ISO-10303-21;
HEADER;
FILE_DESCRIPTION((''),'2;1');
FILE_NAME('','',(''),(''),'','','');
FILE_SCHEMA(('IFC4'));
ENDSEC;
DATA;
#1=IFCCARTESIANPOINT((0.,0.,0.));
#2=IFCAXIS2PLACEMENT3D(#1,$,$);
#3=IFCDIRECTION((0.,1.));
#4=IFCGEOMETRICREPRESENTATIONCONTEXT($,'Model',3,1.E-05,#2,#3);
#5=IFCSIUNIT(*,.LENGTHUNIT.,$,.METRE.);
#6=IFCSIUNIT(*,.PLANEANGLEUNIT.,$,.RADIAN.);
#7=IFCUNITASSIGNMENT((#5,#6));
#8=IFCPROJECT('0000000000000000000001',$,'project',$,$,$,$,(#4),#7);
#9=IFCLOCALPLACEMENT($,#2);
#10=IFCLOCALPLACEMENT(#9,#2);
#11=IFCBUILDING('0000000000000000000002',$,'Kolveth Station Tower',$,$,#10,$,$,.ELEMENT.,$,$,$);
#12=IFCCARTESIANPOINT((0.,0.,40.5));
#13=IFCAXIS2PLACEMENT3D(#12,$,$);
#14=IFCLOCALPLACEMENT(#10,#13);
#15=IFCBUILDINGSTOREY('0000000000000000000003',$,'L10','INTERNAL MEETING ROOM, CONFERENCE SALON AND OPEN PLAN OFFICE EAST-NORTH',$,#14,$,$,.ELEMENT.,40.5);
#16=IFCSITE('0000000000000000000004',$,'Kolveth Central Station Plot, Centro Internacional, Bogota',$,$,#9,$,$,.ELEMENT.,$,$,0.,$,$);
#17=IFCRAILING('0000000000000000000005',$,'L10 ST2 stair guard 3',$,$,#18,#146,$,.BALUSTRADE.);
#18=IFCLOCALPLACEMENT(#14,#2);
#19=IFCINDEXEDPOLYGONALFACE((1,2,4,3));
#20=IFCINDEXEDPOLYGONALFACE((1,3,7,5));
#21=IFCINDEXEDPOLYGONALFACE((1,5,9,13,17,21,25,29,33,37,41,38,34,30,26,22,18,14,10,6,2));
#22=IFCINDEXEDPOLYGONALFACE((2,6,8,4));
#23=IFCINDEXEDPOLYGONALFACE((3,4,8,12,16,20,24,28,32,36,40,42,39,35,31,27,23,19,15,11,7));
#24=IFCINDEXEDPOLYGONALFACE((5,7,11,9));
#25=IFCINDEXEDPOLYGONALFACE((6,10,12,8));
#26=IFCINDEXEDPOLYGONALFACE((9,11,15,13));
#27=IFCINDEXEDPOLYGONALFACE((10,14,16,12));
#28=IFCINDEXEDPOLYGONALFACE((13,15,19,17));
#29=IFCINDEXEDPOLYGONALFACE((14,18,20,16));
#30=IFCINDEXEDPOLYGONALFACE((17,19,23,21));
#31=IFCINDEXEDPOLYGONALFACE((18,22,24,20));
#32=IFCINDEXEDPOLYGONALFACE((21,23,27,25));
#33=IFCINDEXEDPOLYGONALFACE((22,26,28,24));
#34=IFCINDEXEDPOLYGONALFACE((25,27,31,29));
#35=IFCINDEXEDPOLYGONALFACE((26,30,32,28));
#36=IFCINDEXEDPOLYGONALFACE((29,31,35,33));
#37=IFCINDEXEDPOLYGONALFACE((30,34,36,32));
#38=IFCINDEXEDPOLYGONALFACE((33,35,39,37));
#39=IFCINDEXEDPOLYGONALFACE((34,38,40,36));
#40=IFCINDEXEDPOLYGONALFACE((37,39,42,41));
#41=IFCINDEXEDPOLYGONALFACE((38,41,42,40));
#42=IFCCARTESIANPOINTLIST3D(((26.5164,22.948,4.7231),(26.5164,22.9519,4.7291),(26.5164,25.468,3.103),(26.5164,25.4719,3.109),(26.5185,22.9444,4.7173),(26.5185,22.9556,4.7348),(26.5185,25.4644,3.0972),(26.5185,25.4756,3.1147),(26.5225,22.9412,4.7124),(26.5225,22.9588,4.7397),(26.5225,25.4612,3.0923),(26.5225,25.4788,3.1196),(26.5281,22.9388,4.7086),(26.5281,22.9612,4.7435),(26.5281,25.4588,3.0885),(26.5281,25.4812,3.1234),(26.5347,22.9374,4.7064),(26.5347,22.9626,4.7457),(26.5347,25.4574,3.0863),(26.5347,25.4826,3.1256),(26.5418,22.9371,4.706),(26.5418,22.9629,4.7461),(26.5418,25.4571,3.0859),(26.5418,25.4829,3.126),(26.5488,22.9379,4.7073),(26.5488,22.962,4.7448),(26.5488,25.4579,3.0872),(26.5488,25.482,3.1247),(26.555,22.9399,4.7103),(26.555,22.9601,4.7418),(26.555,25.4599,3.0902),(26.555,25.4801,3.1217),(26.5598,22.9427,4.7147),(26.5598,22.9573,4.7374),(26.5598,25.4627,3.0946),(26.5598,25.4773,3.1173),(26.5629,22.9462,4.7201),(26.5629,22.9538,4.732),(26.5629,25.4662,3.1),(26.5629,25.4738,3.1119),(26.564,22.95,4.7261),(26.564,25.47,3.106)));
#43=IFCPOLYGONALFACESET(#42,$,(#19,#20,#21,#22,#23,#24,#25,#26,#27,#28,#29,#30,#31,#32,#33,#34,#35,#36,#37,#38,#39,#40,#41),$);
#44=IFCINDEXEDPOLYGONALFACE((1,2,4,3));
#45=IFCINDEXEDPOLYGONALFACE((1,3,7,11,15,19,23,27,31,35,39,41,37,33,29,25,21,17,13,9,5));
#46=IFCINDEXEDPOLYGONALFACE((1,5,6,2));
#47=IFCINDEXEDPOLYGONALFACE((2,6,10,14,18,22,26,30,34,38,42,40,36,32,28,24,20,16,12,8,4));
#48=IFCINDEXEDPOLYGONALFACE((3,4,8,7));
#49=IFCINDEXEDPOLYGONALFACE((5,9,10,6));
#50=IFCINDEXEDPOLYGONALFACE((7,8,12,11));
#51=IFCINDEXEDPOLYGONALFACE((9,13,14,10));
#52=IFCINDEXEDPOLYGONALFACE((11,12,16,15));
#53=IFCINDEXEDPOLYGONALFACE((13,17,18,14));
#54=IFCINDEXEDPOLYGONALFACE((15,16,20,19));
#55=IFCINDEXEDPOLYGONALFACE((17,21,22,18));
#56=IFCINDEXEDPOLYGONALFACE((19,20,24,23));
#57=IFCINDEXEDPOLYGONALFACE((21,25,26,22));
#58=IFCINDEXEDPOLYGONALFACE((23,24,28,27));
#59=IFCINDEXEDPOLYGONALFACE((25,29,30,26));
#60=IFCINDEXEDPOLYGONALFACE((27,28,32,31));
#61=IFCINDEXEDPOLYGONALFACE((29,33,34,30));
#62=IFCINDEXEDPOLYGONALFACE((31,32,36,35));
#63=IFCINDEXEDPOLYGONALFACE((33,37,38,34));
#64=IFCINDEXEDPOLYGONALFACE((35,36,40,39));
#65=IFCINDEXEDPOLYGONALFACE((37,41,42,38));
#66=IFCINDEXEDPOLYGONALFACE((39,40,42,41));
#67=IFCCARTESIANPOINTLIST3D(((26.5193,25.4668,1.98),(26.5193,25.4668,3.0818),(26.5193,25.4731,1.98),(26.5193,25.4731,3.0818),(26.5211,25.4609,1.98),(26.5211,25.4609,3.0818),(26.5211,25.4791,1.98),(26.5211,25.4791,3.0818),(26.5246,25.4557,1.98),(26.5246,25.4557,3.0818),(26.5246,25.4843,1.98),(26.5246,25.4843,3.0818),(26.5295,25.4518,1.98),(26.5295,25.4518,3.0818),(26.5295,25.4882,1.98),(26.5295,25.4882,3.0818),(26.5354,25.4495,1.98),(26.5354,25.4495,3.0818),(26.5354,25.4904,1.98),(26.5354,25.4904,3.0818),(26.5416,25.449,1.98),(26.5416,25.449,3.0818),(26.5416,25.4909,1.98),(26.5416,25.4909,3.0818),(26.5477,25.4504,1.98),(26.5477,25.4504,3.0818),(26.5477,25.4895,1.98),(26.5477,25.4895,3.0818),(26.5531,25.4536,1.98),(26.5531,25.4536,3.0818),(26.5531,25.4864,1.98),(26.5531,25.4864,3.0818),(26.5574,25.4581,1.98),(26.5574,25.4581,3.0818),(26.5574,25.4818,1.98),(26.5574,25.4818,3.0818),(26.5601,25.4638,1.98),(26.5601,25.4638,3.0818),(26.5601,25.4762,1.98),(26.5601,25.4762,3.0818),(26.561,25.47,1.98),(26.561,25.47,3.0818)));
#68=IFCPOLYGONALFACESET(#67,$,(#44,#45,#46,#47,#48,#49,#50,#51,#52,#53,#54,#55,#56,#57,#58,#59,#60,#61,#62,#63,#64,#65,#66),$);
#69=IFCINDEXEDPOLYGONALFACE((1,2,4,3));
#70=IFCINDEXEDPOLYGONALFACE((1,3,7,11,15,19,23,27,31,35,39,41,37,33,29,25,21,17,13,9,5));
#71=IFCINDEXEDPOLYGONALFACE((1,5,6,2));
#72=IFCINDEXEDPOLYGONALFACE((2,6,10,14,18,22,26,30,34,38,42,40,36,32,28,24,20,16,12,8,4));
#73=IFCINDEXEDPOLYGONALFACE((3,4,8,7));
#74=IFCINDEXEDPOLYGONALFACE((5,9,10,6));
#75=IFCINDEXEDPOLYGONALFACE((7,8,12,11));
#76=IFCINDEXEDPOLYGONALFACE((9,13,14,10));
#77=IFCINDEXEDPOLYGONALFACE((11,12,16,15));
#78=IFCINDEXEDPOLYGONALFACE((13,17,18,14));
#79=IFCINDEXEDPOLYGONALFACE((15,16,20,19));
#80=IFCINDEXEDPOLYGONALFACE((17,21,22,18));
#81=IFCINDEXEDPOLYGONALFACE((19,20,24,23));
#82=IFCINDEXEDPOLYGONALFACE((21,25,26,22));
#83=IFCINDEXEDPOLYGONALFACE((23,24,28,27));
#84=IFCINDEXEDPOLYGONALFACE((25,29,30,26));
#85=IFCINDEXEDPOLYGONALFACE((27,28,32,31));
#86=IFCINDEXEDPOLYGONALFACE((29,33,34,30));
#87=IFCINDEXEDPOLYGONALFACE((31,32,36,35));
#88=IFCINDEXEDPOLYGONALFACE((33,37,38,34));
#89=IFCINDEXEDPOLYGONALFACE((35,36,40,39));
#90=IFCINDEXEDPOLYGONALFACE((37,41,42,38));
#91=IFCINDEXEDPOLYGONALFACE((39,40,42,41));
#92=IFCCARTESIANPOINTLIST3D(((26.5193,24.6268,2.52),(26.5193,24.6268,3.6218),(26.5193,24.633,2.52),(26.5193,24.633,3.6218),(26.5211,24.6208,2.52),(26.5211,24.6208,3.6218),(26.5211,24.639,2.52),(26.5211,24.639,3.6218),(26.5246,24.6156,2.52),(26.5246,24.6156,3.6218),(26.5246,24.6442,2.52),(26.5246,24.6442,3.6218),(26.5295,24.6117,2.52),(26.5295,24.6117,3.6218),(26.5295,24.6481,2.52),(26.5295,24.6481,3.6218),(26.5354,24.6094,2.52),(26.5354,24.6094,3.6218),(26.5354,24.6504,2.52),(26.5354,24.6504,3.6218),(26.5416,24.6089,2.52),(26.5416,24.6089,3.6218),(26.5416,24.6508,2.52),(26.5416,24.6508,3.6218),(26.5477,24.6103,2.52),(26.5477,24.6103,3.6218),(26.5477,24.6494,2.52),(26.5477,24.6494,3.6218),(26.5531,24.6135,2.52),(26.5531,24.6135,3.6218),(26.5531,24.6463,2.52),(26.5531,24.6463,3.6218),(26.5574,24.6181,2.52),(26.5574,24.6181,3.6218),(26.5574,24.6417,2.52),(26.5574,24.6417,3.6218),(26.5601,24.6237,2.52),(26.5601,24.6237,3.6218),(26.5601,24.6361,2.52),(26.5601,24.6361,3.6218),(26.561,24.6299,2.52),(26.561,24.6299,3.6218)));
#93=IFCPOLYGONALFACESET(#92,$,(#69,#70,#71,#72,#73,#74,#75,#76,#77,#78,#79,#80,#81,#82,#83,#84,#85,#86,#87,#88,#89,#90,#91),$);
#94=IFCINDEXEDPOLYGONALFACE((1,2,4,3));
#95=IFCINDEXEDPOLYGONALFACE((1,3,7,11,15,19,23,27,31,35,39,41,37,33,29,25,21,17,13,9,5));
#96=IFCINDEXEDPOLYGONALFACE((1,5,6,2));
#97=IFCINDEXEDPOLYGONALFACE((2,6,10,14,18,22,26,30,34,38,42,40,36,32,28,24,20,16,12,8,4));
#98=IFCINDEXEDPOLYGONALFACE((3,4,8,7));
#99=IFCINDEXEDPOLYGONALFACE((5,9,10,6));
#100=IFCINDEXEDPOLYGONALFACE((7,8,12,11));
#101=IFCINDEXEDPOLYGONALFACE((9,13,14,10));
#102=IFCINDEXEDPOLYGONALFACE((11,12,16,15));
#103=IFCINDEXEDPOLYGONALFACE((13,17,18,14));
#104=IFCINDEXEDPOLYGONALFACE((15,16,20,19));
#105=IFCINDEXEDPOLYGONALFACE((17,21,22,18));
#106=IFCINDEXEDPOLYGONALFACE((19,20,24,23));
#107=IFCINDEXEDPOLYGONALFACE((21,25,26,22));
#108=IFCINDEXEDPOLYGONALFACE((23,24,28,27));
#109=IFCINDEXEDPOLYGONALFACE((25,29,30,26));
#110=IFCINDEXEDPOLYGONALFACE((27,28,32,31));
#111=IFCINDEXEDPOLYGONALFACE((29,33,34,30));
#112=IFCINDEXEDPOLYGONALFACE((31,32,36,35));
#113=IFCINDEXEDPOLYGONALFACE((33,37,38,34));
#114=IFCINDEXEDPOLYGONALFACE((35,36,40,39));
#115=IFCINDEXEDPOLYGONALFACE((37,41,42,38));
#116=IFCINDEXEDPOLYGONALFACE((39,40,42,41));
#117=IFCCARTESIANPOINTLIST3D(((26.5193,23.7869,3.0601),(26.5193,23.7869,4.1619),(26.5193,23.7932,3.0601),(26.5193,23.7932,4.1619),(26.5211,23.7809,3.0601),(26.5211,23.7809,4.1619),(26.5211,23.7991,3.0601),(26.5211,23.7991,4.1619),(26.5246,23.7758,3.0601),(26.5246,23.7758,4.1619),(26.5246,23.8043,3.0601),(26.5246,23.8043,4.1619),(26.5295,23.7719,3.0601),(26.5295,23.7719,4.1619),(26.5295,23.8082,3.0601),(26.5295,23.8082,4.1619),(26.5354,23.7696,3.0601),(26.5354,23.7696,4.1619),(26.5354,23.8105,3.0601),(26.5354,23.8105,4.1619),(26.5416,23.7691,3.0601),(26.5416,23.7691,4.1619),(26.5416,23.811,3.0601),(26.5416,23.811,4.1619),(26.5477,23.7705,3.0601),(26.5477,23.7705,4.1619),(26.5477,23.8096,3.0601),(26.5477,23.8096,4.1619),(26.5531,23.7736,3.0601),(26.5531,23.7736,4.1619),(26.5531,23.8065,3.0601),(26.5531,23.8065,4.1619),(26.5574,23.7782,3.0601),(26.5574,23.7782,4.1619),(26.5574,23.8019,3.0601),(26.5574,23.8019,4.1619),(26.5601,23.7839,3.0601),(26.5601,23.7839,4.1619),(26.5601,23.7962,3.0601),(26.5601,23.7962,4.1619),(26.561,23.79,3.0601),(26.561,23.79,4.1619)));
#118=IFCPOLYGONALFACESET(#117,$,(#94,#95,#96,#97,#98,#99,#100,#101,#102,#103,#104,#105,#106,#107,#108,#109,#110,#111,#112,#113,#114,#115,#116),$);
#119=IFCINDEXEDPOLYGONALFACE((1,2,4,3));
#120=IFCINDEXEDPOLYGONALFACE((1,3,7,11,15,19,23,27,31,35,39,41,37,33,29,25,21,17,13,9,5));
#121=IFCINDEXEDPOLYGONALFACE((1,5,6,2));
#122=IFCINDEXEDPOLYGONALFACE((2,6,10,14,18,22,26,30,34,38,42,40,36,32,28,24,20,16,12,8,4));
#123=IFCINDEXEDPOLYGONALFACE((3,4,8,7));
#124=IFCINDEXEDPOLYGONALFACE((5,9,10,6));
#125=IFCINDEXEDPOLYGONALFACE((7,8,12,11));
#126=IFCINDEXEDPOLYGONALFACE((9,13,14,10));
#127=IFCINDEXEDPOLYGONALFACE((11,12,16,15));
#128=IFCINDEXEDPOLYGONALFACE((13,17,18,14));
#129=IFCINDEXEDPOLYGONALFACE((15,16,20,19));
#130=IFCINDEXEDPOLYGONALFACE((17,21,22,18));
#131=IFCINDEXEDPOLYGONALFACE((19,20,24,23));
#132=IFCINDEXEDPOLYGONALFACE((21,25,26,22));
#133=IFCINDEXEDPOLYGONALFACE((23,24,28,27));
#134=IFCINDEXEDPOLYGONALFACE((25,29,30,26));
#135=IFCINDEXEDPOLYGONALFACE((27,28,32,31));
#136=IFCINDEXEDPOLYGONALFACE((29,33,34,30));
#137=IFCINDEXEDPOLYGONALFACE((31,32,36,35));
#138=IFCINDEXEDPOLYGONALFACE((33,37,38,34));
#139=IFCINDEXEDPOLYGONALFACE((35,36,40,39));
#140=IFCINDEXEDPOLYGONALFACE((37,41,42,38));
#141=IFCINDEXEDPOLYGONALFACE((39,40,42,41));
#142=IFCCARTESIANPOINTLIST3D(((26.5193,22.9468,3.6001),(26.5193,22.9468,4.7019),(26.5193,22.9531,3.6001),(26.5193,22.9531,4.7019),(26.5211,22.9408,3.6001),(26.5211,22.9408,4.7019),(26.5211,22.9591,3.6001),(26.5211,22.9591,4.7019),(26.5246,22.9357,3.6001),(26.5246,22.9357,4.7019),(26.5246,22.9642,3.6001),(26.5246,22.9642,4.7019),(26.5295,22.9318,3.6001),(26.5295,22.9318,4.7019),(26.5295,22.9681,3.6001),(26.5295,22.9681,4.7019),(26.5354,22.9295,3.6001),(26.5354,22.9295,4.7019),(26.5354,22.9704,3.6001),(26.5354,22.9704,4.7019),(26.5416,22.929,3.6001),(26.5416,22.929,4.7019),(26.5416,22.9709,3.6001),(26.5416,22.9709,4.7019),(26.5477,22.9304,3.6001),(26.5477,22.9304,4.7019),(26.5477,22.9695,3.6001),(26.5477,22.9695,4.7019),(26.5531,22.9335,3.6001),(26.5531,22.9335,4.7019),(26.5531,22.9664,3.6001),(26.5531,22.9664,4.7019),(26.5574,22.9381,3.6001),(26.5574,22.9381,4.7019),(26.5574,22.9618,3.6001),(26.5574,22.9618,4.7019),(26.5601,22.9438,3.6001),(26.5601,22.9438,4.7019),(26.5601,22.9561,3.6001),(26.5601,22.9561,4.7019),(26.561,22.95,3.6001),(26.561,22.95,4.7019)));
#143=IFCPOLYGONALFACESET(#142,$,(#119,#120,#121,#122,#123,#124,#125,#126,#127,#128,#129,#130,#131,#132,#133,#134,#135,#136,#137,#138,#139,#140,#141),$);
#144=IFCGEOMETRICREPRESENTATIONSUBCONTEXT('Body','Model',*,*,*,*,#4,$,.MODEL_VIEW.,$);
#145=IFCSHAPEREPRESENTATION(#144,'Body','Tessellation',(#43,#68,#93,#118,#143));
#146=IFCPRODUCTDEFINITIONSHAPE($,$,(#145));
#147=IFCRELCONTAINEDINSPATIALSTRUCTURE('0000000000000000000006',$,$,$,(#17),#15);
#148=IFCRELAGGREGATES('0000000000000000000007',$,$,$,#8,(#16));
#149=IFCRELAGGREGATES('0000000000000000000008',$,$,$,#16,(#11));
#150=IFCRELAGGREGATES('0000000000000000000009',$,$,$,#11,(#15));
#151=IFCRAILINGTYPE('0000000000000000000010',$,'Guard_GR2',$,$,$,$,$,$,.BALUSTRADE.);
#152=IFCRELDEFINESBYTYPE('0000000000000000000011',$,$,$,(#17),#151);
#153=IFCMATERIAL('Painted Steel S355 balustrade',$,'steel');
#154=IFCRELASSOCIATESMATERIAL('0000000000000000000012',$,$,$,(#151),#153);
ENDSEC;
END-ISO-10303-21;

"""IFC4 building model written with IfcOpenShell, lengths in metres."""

from ifc_helpers import new_model, si_unit, direction, frame, origin, origin_2d, place, context, subcontext, project, spatial, circle, extrude, material, type_object, element, save


model = new_model("IFC4")

# Units and contexts
model_context = context("Model", 3, precision=1e-05, world=origin(), true_north=direction((0.0, 1.0)))
body_context = subcontext(model_context, "Body", "Model", "MODEL_VIEW")
ifc_project = project(units=[si_unit("LENGTHUNIT", "METRE"), si_unit("PLANEANGLEUNIT", "RADIAN")], contexts=[model_context])

# Site, building, storey
site_placement = place(None, origin())
site = spatial("IfcSite", under=ifc_project, at=site_placement, Name="Kolveth Central Station Plot, Centro Internacional, Bogota", CompositionType="ELEMENT", RefElevation=0.0)
building_placement = place(site_placement, origin())
building = spatial("IfcBuilding", under=site, at=building_placement, Name="Kolveth Station Tower", CompositionType="ELEMENT")
storey_placement = place(building_placement, frame((0.0, 0.0, 40.5)))
storey = spatial("IfcBuildingStorey", under=building, at=storey_placement, Name="L10", Description="INTERNAL MEETING ROOM, CONFERENCE SALON AND OPEN PLAN OFFICE EAST-NORTH", CompositionType="ELEMENT", Elevation=40.5)

# Railing
ifc_material_1 = material(Name="Painted Steel S355 balustrade", Category="steel")
railing_type_1 = type_object("IfcRailingType", Name="Guard_GR2", PredefinedType="BALUSTRADE", material=ifc_material_1)
railing_1_placement = place(storey_placement, frame((26.54, 25.47, 1.98)))
element("IfcRailing", 1, at=railing_1_placement, inside=storey, type_object=railing_type_1, Name="L10 ST2 stair guard 3", PredefinedType="BALUSTRADE", context=body_context, shape_type="SweptSolid", body=[
    extrude(circle(Radius=0.0239, at=origin_2d()), frame((0.0, 0.0, 1.126), z_axis=(0.0, -0.841163, 0.540782), x_axis=(1.0, 0.0, 0.0)), (0.0, 0.0, 1.0), 2.9958),
    extrude(circle(Radius=0.021, at=origin_2d()), origin(), (0.0, 0.0, 1.0), 1.1018),
    extrude(circle(Radius=0.021, at=origin_2d()), frame((0.0, -0.8401, 0.54)), (0.0, 0.0, 1.0), 1.1018),
    extrude(circle(Radius=0.021, at=origin_2d()), frame((0.0, -1.6799, 1.0801)), (0.0, 0.0, 1.0), 1.1018),
    extrude(circle(Radius=0.021, at=origin_2d()), frame((0.0, -2.52, 1.6201)), (0.0, 0.0, 1.0), 1.1018),
])

save(model, "model.ifc")
